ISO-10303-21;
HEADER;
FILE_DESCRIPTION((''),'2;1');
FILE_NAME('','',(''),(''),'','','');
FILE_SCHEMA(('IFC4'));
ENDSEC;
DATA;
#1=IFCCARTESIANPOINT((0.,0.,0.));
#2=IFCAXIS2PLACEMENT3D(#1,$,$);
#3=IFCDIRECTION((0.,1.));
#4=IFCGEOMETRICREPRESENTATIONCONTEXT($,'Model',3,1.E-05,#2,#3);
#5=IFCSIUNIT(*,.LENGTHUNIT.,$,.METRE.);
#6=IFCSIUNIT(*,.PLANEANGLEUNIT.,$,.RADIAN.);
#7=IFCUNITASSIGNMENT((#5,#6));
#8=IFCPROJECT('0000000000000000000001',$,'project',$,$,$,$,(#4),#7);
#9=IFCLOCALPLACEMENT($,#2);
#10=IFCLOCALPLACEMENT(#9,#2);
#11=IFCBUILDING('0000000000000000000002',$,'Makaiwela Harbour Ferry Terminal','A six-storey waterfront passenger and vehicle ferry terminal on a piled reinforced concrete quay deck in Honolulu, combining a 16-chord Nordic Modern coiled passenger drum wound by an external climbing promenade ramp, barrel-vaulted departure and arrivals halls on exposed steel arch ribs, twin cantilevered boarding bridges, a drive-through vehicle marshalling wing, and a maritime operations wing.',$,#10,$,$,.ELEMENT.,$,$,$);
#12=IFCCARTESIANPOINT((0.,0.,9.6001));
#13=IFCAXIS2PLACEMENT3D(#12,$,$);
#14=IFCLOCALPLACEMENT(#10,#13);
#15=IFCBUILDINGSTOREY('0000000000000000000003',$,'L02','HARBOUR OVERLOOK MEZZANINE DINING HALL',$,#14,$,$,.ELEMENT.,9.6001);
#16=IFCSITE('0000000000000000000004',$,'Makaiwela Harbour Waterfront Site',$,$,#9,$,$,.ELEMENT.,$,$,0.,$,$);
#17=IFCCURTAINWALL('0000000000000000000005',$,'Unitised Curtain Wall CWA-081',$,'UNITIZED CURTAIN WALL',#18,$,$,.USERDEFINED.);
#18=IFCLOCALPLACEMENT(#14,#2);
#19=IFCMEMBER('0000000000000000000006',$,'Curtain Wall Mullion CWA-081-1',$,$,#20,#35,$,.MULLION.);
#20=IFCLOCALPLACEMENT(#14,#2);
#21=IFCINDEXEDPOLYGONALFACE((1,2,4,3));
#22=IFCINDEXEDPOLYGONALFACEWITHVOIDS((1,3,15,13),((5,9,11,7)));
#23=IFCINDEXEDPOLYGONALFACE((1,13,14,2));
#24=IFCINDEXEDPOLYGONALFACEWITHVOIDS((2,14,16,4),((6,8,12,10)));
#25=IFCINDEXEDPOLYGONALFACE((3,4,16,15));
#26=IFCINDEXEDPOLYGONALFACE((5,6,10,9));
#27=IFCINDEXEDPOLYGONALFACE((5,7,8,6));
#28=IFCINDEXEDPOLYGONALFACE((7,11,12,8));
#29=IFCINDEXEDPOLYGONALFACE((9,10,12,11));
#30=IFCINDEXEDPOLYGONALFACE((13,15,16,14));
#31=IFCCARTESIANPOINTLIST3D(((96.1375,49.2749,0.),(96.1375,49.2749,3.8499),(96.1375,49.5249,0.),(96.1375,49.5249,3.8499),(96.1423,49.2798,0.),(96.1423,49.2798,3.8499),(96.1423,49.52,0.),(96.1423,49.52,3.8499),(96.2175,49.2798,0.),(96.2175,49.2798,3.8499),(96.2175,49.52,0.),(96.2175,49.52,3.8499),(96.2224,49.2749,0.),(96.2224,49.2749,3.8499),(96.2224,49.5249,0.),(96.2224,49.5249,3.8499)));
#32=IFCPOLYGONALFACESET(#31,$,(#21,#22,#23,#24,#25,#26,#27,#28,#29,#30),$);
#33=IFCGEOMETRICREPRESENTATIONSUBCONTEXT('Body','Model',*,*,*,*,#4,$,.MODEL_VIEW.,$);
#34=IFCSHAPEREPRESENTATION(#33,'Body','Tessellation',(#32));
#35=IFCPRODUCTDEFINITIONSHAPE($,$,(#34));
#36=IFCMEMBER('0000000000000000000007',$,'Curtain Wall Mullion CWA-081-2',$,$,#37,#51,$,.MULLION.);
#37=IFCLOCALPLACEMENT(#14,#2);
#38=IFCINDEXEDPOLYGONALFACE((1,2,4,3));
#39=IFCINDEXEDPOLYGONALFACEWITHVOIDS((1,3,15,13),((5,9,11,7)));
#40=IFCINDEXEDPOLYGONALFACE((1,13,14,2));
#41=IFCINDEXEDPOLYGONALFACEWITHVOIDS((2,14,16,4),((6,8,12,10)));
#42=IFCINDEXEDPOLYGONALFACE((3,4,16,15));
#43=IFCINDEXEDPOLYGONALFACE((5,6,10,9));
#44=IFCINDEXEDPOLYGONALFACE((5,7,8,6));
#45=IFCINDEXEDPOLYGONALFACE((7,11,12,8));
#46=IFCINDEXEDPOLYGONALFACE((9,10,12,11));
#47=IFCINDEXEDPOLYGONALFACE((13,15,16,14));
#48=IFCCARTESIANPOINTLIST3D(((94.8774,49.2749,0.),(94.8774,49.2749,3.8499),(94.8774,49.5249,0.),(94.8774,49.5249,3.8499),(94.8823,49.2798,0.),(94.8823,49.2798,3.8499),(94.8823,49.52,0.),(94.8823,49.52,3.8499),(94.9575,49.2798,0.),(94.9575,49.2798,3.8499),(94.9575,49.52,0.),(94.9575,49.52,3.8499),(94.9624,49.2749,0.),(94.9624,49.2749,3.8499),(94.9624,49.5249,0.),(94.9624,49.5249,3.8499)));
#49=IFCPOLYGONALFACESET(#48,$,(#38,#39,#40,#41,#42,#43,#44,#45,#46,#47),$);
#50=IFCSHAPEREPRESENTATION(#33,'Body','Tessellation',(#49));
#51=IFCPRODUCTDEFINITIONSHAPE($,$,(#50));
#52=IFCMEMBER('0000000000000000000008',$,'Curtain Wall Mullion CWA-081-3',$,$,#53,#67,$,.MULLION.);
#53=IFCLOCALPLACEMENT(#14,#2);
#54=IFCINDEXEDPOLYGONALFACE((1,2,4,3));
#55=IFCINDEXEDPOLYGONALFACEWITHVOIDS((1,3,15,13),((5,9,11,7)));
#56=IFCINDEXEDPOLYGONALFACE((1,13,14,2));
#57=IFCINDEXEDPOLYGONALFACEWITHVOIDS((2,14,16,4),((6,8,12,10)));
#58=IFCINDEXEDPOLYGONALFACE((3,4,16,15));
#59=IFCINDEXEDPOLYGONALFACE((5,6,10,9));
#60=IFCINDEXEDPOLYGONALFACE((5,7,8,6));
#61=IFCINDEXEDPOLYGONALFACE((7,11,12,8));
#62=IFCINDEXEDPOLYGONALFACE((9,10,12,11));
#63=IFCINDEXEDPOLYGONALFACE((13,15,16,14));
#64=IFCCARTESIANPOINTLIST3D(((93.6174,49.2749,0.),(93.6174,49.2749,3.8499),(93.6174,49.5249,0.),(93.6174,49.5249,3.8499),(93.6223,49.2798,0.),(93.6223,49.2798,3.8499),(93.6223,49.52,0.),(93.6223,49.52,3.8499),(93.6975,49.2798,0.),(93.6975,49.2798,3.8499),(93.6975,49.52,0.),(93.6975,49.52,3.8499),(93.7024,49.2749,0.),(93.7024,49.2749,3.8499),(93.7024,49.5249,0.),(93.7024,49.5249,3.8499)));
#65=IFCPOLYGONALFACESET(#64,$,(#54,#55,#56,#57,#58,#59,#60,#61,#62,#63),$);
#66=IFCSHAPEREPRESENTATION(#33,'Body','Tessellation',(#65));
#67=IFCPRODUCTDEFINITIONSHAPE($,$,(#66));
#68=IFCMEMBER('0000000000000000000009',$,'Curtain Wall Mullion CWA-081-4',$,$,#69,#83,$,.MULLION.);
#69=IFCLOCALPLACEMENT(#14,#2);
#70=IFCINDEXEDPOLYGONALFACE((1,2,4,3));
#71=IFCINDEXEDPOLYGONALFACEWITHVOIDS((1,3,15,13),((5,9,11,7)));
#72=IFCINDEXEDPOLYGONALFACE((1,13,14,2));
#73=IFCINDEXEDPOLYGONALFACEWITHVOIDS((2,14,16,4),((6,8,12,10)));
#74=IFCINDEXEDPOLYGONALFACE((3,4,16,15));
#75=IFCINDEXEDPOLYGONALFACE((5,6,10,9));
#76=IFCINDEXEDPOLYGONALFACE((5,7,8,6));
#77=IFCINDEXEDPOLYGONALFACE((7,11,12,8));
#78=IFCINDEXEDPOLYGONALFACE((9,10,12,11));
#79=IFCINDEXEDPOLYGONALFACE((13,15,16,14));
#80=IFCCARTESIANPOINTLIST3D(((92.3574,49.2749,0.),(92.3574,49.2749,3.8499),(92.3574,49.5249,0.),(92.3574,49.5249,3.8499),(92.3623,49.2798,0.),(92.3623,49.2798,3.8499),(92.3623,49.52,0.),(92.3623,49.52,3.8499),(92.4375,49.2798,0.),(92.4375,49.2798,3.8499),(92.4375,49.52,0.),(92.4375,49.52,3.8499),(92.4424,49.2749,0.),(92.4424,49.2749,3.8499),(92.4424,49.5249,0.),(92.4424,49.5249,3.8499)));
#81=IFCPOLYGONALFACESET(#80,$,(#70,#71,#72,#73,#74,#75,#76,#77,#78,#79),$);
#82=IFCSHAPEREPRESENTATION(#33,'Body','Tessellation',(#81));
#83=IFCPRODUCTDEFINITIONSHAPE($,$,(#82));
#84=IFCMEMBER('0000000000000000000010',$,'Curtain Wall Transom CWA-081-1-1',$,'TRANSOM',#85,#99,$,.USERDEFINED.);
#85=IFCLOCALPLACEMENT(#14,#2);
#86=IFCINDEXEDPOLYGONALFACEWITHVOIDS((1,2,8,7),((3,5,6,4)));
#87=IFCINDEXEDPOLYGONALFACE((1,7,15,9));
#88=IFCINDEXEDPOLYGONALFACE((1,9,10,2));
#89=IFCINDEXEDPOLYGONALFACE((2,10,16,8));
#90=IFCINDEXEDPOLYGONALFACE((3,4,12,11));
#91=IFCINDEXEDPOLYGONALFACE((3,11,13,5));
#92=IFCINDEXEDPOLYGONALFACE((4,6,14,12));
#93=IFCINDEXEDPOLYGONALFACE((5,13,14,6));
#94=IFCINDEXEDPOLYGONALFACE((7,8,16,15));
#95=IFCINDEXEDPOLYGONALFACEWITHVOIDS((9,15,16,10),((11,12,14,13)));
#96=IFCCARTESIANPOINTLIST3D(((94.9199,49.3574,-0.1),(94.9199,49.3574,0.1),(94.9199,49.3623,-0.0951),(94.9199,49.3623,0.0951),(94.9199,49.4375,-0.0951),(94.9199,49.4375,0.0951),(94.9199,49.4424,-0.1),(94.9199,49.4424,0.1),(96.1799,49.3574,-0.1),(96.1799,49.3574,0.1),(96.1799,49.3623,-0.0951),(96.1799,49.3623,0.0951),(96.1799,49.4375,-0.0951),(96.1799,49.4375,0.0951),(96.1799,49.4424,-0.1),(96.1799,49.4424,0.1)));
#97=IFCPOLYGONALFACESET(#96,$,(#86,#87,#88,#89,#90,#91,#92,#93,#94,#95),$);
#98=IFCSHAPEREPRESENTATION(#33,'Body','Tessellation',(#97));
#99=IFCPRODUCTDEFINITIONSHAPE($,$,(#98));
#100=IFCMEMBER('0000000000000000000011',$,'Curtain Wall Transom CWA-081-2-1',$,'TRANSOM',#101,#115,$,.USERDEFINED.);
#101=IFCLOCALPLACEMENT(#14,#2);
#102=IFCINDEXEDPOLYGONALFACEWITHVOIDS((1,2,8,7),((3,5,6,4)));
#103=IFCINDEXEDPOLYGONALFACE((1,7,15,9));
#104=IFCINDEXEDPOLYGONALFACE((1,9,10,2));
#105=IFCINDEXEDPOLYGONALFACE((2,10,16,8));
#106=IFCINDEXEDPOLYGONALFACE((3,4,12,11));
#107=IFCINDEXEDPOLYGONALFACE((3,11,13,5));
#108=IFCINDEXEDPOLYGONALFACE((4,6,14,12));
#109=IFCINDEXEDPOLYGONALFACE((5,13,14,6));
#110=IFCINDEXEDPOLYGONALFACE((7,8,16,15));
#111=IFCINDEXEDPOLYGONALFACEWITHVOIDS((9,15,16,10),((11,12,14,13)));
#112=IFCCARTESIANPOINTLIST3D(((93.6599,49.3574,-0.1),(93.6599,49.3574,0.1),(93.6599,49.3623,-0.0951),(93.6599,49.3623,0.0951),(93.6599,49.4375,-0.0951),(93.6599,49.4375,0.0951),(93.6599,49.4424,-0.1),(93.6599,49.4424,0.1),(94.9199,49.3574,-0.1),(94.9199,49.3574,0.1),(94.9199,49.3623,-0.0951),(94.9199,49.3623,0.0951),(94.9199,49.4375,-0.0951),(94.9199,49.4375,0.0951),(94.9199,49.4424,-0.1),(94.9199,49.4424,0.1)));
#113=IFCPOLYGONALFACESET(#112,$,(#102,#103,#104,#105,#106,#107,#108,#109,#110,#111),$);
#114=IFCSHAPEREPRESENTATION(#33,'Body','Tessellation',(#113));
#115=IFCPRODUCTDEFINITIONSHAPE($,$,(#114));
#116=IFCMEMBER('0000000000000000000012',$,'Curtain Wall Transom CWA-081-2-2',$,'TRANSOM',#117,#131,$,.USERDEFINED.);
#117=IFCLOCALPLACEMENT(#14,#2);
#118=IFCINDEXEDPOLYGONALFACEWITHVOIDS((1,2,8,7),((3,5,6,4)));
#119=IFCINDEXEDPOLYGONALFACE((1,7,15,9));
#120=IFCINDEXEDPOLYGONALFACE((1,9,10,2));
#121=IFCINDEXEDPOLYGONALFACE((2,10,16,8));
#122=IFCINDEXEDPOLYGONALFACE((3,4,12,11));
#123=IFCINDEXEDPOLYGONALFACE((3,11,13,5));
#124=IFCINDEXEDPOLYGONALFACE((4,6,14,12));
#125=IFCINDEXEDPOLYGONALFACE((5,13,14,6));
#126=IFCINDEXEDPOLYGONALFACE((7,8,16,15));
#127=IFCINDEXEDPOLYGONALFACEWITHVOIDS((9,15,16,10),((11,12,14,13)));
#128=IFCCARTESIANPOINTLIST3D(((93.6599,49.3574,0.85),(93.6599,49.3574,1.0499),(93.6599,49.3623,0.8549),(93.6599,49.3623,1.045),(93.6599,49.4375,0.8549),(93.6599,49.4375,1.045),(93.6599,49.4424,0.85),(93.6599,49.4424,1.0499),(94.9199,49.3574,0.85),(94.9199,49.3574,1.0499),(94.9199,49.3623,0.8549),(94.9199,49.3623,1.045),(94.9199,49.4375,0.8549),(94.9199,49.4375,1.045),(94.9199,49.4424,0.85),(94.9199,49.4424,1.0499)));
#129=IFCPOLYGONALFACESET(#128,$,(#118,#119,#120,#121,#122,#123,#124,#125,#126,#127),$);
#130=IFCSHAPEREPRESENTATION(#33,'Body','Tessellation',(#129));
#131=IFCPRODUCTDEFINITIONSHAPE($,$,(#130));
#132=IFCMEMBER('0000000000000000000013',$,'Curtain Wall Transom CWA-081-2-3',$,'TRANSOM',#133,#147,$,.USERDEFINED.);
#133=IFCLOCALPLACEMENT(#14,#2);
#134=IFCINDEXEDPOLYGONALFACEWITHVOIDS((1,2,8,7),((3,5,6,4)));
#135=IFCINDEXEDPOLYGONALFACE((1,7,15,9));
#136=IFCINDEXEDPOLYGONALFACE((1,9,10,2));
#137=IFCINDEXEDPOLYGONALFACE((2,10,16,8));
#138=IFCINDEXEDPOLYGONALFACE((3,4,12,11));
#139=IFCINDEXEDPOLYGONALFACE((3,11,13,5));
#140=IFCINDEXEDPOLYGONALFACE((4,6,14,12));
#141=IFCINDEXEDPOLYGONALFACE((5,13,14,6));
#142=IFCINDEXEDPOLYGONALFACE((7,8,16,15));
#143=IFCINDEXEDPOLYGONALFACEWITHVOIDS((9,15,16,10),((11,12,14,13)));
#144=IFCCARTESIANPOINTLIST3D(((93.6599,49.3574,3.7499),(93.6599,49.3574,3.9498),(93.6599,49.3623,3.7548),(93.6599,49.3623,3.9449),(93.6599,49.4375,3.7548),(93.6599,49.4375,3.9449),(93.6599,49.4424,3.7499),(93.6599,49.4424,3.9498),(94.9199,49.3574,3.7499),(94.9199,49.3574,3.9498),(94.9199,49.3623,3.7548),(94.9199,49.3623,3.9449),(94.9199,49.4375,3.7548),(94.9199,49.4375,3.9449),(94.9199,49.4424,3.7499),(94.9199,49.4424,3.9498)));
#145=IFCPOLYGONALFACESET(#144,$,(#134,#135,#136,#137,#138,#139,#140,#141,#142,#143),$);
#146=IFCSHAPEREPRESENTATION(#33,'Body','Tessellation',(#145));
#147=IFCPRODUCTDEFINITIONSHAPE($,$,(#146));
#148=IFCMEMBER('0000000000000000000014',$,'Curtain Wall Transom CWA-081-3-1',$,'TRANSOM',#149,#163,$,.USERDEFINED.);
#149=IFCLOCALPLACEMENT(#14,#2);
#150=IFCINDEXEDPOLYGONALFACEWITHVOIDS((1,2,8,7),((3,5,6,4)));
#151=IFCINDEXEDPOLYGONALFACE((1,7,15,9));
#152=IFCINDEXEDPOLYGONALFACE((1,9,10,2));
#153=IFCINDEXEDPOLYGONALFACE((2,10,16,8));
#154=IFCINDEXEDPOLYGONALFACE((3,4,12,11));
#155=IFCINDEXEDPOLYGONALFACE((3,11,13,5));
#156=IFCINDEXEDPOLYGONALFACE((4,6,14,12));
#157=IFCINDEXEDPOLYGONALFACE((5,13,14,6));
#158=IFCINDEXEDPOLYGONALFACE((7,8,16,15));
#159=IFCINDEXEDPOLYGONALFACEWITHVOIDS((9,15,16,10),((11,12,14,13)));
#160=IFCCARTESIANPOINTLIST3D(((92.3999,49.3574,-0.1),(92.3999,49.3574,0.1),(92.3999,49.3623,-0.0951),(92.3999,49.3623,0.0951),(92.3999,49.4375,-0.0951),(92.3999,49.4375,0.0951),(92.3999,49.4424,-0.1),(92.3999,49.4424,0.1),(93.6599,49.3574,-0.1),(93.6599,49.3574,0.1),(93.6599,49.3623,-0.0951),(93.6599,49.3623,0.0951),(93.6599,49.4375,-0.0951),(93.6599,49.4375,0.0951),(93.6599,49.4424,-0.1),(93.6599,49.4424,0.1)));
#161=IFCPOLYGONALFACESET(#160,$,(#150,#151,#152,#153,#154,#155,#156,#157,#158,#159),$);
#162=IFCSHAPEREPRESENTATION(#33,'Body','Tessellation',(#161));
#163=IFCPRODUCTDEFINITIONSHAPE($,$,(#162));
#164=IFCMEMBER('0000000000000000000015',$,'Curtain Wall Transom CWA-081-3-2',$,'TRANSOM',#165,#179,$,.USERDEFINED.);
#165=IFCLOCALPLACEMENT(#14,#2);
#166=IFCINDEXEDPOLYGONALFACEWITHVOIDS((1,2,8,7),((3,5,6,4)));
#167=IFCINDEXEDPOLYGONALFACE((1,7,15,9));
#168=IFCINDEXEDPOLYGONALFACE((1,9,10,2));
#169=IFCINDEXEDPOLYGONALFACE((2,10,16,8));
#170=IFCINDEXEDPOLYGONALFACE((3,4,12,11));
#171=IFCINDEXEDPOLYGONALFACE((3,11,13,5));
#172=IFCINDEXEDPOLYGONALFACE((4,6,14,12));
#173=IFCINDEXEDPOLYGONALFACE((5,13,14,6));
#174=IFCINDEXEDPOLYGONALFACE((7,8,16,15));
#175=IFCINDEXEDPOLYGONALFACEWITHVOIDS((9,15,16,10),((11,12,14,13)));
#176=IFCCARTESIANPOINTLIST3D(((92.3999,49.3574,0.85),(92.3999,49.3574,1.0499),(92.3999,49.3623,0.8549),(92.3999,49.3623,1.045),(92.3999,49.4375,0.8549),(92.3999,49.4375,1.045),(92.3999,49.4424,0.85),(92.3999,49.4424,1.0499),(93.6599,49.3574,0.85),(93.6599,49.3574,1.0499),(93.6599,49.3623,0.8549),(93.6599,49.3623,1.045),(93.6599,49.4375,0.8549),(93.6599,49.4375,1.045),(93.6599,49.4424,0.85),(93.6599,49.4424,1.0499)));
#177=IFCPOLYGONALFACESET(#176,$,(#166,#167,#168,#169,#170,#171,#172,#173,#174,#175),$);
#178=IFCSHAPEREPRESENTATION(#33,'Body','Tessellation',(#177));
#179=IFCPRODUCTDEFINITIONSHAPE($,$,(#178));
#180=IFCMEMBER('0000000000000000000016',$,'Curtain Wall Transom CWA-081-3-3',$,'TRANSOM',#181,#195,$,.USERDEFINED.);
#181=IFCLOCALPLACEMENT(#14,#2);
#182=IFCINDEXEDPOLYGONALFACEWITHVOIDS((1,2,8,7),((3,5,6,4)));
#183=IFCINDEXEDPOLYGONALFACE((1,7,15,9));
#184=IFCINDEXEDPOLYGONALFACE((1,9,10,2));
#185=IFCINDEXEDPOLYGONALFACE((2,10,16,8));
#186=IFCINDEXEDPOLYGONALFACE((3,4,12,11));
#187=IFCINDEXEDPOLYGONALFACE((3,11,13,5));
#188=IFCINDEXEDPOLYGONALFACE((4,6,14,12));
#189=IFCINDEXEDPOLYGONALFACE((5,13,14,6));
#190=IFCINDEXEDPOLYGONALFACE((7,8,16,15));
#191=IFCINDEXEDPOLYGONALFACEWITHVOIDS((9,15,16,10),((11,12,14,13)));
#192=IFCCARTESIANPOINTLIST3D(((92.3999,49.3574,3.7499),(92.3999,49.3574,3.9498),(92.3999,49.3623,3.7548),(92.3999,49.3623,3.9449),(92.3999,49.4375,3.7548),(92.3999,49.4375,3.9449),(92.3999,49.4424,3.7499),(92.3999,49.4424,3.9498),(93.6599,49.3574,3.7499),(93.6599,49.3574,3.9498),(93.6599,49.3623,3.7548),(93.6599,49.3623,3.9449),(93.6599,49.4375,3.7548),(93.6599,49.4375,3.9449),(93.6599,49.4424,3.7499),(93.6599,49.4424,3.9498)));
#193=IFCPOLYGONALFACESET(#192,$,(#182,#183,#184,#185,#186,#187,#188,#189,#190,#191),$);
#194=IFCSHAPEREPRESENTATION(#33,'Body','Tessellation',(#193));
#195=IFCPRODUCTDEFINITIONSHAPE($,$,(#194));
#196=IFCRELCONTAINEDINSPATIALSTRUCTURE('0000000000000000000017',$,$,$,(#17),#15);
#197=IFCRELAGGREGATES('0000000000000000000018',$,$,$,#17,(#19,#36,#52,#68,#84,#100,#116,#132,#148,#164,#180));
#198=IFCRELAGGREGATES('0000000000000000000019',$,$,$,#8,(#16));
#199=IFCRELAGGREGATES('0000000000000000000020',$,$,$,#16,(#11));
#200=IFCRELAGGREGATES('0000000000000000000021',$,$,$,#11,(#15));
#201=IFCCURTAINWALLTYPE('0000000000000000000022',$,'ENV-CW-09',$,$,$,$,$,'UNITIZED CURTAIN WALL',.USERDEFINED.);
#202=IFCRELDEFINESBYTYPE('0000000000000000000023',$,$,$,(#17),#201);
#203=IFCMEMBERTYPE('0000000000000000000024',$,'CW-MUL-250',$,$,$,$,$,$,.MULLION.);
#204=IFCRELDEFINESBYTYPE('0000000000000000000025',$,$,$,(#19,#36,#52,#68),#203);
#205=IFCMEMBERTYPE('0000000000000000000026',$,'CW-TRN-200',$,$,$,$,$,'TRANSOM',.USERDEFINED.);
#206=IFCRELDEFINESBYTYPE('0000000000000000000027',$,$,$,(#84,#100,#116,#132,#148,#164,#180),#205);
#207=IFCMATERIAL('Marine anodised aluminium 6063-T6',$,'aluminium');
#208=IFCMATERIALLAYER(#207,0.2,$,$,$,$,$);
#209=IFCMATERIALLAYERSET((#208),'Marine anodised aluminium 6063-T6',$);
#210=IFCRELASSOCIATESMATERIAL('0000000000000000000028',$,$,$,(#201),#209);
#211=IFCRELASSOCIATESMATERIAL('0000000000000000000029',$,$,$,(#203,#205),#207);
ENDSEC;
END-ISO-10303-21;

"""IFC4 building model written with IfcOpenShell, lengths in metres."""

from ifc_helpers import new_model, si_unit, direction, frame, origin, origin_2d, place, context, subcontext, project, spatial, hollow_rectangle, extrude, material, layer, layer_set, material_profile, profile_set, type_object, element, aggregate, save


model = new_model("IFC4")

# Units and contexts
model_context = context("Model", 3, precision=1e-05, world=origin(), true_north=direction((0.0, 1.0)))
body_context = subcontext(model_context, "Body", "Model", "MODEL_VIEW")
ifc_project = project(units=[si_unit("LENGTHUNIT", "METRE"), si_unit("PLANEANGLEUNIT", "RADIAN")], contexts=[model_context])

# Site, building, storey
site_placement = place(None, origin())
site = spatial("IfcSite", under=ifc_project, at=site_placement, Name="Makaiwela Harbour Waterfront Site", CompositionType="ELEMENT", RefElevation=0.0)
building_placement = place(site_placement, origin())
building = spatial("IfcBuilding", under=site, at=building_placement, Name="Makaiwela Harbour Ferry Terminal", Description="A six-storey waterfront passenger and vehicle ferry terminal on a piled reinforced concrete quay deck in Honolulu, combining a 16-chord Nordic Modern coiled passenger drum wound by an external climbing promenade ramp, barrel-vaulted departure and arrivals halls on exposed steel arch ribs, twin cantilevered boarding bridges, a drive-through vehicle marshalling wing, and a maritime operations wing.", CompositionType="ELEMENT")
storey_placement = place(building_placement, frame((0.0, 0.0, 9.6001)))
storey = spatial("IfcBuildingStorey", under=building, at=storey_placement, Name="L02", Description="HARBOUR OVERLOOK MEZZANINE DINING HALL", CompositionType="ELEMENT", Elevation=9.6001)

# Curtain wall, members
ifc_material_1 = material(Name="Marine anodised aluminium 6063-T6", Category="aluminium")
ifc_layer_1 = layer(ifc_material_1, 0.2)
ifc_layer_set_1 = layer_set([ifc_layer_1], Name="Marine anodised aluminium 6063-T6")
curtain_wall_type = type_object("IfcCurtainWallType", Name="ENV-CW-09", ElementType="UNITIZED CURTAIN WALL", PredefinedType="USERDEFINED", material=ifc_layer_set_1)
curtain_wall_placement = place(storey_placement, origin())
curtain_wall = element("IfcCurtainWall", 1, at=curtain_wall_placement, inside=storey, type_object=curtain_wall_type, Name="Unitised Curtain Wall CWA-081", ObjectType="UNITIZED CURTAIN WALL", PredefinedType="USERDEFINED")
ifc_material_profile_1 = material_profile(ifc_material_1, hollow_rectangle(XDim=0.085, YDim=0.25, WallThickness=0.0049, at=origin_2d()), Name="CWM-250X85")
ifc_profile_set_1 = profile_set([ifc_material_profile_1], Name="Marine anodised aluminium 6063-T6")
member_type_1 = type_object("IfcMemberType", Name="CW-MUL-250", PredefinedType="MULLION", material=ifc_profile_set_1)
member_1_placement = place(storey_placement, frame((96.1799, 49.3999, 0.0), z_axis=(0.0, 0.0, 1.0), x_axis=(1.0, 0.0, 0.0)))
member_1 = element("IfcMember", 2, at=member_1_placement, type_object=member_type_1, Name="Curtain Wall Mullion CWA-081-1", PredefinedType="MULLION", context=body_context, shape_type="SweptSolid", body=[
    extrude(hollow_rectangle(XDim=0.085, YDim=0.25, WallThickness=0.0049, at=origin_2d()), origin(), (0.0, 0.0, 1.0), 3.8499),
])
member_2_placement = place(storey_placement, frame((94.9199, 49.3999, 0.0), z_axis=(0.0, 0.0, 1.0), x_axis=(1.0, 0.0, 0.0)))
member_2 = element("IfcMember", 3, at=member_2_placement, type_object=member_type_1, Name="Curtain Wall Mullion CWA-081-2", PredefinedType="MULLION", context=body_context, shape_type="SweptSolid", body=[
    extrude(hollow_rectangle(XDim=0.085, YDim=0.25, WallThickness=0.0049, at=origin_2d()), origin(), (0.0, 0.0, 1.0), 3.8499),
])
member_3_placement = place(storey_placement, frame((93.6599, 49.3999, 0.0), z_axis=(0.0, 0.0, 1.0), x_axis=(1.0, 0.0, 0.0)))
member_3 = element("IfcMember", 4, at=member_3_placement, type_object=member_type_1, Name="Curtain Wall Mullion CWA-081-3", PredefinedType="MULLION", context=body_context, shape_type="SweptSolid", body=[
    extrude(hollow_rectangle(XDim=0.085, YDim=0.25, WallThickness=0.0049, at=origin_2d()), origin(), (0.0, 0.0, 1.0), 3.8499),
])
member_4_placement = place(storey_placement, frame((92.3999, 49.3999, 0.0), z_axis=(0.0, 0.0, 1.0), x_axis=(1.0, 0.0, 0.0)))
member_4 = element("IfcMember", 5, at=member_4_placement, type_object=member_type_1, Name="Curtain Wall Mullion CWA-081-4", PredefinedType="MULLION", context=body_context, shape_type="SweptSolid", body=[
    extrude(hollow_rectangle(XDim=0.085, YDim=0.25, WallThickness=0.0049, at=origin_2d()), origin(), (0.0, 0.0, 1.0), 3.8499),
])
ifc_material_profile_2 = material_profile(ifc_material_1, hollow_rectangle(XDim=0.085, YDim=0.2, WallThickness=0.0049, at=origin_2d()), Name="CWT-200X85")
ifc_profile_set_2 = profile_set([ifc_material_profile_2], Name="Marine anodised aluminium 6063-T6")
member_type_2 = type_object("IfcMemberType", Name="CW-TRN-200", ElementType="TRANSOM", PredefinedType="USERDEFINED", material=ifc_profile_set_2)
member_5_placement = place(storey_placement, frame((96.1799, 49.3999, 0.0), z_axis=(-1.0, 0.0, 0.0), x_axis=(0.0, -1.0, 0.0)))
member_5 = element("IfcMember", 6, at=member_5_placement, type_object=member_type_2, Name="Curtain Wall Transom CWA-081-1-1", ObjectType="TRANSOM", PredefinedType="USERDEFINED", context=body_context, shape_type="SweptSolid", body=[
    extrude(hollow_rectangle(XDim=0.085, YDim=0.2, WallThickness=0.0049, at=origin_2d()), origin(), (0.0, 0.0, 1.0), 1.26),
])
member_6_placement = place(storey_placement, frame((94.9199, 49.3999, 0.0), z_axis=(-1.0, 0.0, 0.0), x_axis=(0.0, -1.0, 0.0)))
member_6 = element("IfcMember", 7, at=member_6_placement, type_object=member_type_2, Name="Curtain Wall Transom CWA-081-2-1", ObjectType="TRANSOM", PredefinedType="USERDEFINED", context=body_context, shape_type="SweptSolid", body=[
    extrude(hollow_rectangle(XDim=0.085, YDim=0.2, WallThickness=0.0049, at=origin_2d()), origin(), (0.0, 0.0, 1.0), 1.26),
])
member_7_placement = place(storey_placement, frame((94.9199, 49.3999, 0.95), z_axis=(-1.0, 0.0, 0.0), x_axis=(0.0, -1.0, 0.0)))
member_7 = element("IfcMember", 8, at=member_7_placement, type_object=member_type_2, Name="Curtain Wall Transom CWA-081-2-2", ObjectType="TRANSOM", PredefinedType="USERDEFINED", context=body_context, shape_type="SweptSolid", body=[
    extrude(hollow_rectangle(XDim=0.085, YDim=0.2, WallThickness=0.0049, at=origin_2d()), origin(), (0.0, 0.0, 1.0), 1.26),
])
member_8_placement = place(storey_placement, frame((94.9199, 49.3999, 3.8499), z_axis=(-1.0, 0.0, 0.0), x_axis=(0.0, -1.0, 0.0)))
member_8 = element("IfcMember", 9, at=member_8_placement, type_object=member_type_2, Name="Curtain Wall Transom CWA-081-2-3", ObjectType="TRANSOM", PredefinedType="USERDEFINED", context=body_context, shape_type="SweptSolid", body=[
    extrude(hollow_rectangle(XDim=0.085, YDim=0.2, WallThickness=0.0049, at=origin_2d()), origin(), (0.0, 0.0, 1.0), 1.26),
])
member_9_placement = place(storey_placement, frame((93.6599, 49.3999, 0.0), z_axis=(-1.0, 0.0, 0.0), x_axis=(0.0, -1.0, 0.0)))
member_9 = element("IfcMember", 10, at=member_9_placement, type_object=member_type_2, Name="Curtain Wall Transom CWA-081-3-1", ObjectType="TRANSOM", PredefinedType="USERDEFINED", context=body_context, shape_type="SweptSolid", body=[
    extrude(hollow_rectangle(XDim=0.085, YDim=0.2, WallThickness=0.0049, at=origin_2d()), origin(), (0.0, 0.0, 1.0), 1.26),
])
member_10_placement = place(storey_placement, frame((93.6599, 49.3999, 0.95), z_axis=(-1.0, 0.0, 0.0), x_axis=(0.0, -1.0, 0.0)))
member_10 = element("IfcMember", 11, at=member_10_placement, type_object=member_type_2, Name="Curtain Wall Transom CWA-081-3-2", ObjectType="TRANSOM", PredefinedType="USERDEFINED", context=body_context, shape_type="SweptSolid", body=[
    extrude(hollow_rectangle(XDim=0.085, YDim=0.2, WallThickness=0.0049, at=origin_2d()), origin(), (0.0, 0.0, 1.0), 1.26),
])
member_11_placement = place(storey_placement, frame((93.6599, 49.3999, 3.8499), z_axis=(-1.0, 0.0, 0.0), x_axis=(0.0, -1.0, 0.0)))
member_11 = element("IfcMember", 12, at=member_11_placement, type_object=member_type_2, Name="Curtain Wall Transom CWA-081-3-3", ObjectType="TRANSOM", PredefinedType="USERDEFINED", context=body_context, shape_type="SweptSolid", body=[
    extrude(hollow_rectangle(XDim=0.085, YDim=0.2, WallThickness=0.0049, at=origin_2d()), origin(), (0.0, 0.0, 1.0), 1.26),
])
aggregate(curtain_wall, [member_1, member_2, member_3, member_4, member_5, member_6, member_7, member_8, member_9, member_10, member_11])

save(model, "model.ifc")
